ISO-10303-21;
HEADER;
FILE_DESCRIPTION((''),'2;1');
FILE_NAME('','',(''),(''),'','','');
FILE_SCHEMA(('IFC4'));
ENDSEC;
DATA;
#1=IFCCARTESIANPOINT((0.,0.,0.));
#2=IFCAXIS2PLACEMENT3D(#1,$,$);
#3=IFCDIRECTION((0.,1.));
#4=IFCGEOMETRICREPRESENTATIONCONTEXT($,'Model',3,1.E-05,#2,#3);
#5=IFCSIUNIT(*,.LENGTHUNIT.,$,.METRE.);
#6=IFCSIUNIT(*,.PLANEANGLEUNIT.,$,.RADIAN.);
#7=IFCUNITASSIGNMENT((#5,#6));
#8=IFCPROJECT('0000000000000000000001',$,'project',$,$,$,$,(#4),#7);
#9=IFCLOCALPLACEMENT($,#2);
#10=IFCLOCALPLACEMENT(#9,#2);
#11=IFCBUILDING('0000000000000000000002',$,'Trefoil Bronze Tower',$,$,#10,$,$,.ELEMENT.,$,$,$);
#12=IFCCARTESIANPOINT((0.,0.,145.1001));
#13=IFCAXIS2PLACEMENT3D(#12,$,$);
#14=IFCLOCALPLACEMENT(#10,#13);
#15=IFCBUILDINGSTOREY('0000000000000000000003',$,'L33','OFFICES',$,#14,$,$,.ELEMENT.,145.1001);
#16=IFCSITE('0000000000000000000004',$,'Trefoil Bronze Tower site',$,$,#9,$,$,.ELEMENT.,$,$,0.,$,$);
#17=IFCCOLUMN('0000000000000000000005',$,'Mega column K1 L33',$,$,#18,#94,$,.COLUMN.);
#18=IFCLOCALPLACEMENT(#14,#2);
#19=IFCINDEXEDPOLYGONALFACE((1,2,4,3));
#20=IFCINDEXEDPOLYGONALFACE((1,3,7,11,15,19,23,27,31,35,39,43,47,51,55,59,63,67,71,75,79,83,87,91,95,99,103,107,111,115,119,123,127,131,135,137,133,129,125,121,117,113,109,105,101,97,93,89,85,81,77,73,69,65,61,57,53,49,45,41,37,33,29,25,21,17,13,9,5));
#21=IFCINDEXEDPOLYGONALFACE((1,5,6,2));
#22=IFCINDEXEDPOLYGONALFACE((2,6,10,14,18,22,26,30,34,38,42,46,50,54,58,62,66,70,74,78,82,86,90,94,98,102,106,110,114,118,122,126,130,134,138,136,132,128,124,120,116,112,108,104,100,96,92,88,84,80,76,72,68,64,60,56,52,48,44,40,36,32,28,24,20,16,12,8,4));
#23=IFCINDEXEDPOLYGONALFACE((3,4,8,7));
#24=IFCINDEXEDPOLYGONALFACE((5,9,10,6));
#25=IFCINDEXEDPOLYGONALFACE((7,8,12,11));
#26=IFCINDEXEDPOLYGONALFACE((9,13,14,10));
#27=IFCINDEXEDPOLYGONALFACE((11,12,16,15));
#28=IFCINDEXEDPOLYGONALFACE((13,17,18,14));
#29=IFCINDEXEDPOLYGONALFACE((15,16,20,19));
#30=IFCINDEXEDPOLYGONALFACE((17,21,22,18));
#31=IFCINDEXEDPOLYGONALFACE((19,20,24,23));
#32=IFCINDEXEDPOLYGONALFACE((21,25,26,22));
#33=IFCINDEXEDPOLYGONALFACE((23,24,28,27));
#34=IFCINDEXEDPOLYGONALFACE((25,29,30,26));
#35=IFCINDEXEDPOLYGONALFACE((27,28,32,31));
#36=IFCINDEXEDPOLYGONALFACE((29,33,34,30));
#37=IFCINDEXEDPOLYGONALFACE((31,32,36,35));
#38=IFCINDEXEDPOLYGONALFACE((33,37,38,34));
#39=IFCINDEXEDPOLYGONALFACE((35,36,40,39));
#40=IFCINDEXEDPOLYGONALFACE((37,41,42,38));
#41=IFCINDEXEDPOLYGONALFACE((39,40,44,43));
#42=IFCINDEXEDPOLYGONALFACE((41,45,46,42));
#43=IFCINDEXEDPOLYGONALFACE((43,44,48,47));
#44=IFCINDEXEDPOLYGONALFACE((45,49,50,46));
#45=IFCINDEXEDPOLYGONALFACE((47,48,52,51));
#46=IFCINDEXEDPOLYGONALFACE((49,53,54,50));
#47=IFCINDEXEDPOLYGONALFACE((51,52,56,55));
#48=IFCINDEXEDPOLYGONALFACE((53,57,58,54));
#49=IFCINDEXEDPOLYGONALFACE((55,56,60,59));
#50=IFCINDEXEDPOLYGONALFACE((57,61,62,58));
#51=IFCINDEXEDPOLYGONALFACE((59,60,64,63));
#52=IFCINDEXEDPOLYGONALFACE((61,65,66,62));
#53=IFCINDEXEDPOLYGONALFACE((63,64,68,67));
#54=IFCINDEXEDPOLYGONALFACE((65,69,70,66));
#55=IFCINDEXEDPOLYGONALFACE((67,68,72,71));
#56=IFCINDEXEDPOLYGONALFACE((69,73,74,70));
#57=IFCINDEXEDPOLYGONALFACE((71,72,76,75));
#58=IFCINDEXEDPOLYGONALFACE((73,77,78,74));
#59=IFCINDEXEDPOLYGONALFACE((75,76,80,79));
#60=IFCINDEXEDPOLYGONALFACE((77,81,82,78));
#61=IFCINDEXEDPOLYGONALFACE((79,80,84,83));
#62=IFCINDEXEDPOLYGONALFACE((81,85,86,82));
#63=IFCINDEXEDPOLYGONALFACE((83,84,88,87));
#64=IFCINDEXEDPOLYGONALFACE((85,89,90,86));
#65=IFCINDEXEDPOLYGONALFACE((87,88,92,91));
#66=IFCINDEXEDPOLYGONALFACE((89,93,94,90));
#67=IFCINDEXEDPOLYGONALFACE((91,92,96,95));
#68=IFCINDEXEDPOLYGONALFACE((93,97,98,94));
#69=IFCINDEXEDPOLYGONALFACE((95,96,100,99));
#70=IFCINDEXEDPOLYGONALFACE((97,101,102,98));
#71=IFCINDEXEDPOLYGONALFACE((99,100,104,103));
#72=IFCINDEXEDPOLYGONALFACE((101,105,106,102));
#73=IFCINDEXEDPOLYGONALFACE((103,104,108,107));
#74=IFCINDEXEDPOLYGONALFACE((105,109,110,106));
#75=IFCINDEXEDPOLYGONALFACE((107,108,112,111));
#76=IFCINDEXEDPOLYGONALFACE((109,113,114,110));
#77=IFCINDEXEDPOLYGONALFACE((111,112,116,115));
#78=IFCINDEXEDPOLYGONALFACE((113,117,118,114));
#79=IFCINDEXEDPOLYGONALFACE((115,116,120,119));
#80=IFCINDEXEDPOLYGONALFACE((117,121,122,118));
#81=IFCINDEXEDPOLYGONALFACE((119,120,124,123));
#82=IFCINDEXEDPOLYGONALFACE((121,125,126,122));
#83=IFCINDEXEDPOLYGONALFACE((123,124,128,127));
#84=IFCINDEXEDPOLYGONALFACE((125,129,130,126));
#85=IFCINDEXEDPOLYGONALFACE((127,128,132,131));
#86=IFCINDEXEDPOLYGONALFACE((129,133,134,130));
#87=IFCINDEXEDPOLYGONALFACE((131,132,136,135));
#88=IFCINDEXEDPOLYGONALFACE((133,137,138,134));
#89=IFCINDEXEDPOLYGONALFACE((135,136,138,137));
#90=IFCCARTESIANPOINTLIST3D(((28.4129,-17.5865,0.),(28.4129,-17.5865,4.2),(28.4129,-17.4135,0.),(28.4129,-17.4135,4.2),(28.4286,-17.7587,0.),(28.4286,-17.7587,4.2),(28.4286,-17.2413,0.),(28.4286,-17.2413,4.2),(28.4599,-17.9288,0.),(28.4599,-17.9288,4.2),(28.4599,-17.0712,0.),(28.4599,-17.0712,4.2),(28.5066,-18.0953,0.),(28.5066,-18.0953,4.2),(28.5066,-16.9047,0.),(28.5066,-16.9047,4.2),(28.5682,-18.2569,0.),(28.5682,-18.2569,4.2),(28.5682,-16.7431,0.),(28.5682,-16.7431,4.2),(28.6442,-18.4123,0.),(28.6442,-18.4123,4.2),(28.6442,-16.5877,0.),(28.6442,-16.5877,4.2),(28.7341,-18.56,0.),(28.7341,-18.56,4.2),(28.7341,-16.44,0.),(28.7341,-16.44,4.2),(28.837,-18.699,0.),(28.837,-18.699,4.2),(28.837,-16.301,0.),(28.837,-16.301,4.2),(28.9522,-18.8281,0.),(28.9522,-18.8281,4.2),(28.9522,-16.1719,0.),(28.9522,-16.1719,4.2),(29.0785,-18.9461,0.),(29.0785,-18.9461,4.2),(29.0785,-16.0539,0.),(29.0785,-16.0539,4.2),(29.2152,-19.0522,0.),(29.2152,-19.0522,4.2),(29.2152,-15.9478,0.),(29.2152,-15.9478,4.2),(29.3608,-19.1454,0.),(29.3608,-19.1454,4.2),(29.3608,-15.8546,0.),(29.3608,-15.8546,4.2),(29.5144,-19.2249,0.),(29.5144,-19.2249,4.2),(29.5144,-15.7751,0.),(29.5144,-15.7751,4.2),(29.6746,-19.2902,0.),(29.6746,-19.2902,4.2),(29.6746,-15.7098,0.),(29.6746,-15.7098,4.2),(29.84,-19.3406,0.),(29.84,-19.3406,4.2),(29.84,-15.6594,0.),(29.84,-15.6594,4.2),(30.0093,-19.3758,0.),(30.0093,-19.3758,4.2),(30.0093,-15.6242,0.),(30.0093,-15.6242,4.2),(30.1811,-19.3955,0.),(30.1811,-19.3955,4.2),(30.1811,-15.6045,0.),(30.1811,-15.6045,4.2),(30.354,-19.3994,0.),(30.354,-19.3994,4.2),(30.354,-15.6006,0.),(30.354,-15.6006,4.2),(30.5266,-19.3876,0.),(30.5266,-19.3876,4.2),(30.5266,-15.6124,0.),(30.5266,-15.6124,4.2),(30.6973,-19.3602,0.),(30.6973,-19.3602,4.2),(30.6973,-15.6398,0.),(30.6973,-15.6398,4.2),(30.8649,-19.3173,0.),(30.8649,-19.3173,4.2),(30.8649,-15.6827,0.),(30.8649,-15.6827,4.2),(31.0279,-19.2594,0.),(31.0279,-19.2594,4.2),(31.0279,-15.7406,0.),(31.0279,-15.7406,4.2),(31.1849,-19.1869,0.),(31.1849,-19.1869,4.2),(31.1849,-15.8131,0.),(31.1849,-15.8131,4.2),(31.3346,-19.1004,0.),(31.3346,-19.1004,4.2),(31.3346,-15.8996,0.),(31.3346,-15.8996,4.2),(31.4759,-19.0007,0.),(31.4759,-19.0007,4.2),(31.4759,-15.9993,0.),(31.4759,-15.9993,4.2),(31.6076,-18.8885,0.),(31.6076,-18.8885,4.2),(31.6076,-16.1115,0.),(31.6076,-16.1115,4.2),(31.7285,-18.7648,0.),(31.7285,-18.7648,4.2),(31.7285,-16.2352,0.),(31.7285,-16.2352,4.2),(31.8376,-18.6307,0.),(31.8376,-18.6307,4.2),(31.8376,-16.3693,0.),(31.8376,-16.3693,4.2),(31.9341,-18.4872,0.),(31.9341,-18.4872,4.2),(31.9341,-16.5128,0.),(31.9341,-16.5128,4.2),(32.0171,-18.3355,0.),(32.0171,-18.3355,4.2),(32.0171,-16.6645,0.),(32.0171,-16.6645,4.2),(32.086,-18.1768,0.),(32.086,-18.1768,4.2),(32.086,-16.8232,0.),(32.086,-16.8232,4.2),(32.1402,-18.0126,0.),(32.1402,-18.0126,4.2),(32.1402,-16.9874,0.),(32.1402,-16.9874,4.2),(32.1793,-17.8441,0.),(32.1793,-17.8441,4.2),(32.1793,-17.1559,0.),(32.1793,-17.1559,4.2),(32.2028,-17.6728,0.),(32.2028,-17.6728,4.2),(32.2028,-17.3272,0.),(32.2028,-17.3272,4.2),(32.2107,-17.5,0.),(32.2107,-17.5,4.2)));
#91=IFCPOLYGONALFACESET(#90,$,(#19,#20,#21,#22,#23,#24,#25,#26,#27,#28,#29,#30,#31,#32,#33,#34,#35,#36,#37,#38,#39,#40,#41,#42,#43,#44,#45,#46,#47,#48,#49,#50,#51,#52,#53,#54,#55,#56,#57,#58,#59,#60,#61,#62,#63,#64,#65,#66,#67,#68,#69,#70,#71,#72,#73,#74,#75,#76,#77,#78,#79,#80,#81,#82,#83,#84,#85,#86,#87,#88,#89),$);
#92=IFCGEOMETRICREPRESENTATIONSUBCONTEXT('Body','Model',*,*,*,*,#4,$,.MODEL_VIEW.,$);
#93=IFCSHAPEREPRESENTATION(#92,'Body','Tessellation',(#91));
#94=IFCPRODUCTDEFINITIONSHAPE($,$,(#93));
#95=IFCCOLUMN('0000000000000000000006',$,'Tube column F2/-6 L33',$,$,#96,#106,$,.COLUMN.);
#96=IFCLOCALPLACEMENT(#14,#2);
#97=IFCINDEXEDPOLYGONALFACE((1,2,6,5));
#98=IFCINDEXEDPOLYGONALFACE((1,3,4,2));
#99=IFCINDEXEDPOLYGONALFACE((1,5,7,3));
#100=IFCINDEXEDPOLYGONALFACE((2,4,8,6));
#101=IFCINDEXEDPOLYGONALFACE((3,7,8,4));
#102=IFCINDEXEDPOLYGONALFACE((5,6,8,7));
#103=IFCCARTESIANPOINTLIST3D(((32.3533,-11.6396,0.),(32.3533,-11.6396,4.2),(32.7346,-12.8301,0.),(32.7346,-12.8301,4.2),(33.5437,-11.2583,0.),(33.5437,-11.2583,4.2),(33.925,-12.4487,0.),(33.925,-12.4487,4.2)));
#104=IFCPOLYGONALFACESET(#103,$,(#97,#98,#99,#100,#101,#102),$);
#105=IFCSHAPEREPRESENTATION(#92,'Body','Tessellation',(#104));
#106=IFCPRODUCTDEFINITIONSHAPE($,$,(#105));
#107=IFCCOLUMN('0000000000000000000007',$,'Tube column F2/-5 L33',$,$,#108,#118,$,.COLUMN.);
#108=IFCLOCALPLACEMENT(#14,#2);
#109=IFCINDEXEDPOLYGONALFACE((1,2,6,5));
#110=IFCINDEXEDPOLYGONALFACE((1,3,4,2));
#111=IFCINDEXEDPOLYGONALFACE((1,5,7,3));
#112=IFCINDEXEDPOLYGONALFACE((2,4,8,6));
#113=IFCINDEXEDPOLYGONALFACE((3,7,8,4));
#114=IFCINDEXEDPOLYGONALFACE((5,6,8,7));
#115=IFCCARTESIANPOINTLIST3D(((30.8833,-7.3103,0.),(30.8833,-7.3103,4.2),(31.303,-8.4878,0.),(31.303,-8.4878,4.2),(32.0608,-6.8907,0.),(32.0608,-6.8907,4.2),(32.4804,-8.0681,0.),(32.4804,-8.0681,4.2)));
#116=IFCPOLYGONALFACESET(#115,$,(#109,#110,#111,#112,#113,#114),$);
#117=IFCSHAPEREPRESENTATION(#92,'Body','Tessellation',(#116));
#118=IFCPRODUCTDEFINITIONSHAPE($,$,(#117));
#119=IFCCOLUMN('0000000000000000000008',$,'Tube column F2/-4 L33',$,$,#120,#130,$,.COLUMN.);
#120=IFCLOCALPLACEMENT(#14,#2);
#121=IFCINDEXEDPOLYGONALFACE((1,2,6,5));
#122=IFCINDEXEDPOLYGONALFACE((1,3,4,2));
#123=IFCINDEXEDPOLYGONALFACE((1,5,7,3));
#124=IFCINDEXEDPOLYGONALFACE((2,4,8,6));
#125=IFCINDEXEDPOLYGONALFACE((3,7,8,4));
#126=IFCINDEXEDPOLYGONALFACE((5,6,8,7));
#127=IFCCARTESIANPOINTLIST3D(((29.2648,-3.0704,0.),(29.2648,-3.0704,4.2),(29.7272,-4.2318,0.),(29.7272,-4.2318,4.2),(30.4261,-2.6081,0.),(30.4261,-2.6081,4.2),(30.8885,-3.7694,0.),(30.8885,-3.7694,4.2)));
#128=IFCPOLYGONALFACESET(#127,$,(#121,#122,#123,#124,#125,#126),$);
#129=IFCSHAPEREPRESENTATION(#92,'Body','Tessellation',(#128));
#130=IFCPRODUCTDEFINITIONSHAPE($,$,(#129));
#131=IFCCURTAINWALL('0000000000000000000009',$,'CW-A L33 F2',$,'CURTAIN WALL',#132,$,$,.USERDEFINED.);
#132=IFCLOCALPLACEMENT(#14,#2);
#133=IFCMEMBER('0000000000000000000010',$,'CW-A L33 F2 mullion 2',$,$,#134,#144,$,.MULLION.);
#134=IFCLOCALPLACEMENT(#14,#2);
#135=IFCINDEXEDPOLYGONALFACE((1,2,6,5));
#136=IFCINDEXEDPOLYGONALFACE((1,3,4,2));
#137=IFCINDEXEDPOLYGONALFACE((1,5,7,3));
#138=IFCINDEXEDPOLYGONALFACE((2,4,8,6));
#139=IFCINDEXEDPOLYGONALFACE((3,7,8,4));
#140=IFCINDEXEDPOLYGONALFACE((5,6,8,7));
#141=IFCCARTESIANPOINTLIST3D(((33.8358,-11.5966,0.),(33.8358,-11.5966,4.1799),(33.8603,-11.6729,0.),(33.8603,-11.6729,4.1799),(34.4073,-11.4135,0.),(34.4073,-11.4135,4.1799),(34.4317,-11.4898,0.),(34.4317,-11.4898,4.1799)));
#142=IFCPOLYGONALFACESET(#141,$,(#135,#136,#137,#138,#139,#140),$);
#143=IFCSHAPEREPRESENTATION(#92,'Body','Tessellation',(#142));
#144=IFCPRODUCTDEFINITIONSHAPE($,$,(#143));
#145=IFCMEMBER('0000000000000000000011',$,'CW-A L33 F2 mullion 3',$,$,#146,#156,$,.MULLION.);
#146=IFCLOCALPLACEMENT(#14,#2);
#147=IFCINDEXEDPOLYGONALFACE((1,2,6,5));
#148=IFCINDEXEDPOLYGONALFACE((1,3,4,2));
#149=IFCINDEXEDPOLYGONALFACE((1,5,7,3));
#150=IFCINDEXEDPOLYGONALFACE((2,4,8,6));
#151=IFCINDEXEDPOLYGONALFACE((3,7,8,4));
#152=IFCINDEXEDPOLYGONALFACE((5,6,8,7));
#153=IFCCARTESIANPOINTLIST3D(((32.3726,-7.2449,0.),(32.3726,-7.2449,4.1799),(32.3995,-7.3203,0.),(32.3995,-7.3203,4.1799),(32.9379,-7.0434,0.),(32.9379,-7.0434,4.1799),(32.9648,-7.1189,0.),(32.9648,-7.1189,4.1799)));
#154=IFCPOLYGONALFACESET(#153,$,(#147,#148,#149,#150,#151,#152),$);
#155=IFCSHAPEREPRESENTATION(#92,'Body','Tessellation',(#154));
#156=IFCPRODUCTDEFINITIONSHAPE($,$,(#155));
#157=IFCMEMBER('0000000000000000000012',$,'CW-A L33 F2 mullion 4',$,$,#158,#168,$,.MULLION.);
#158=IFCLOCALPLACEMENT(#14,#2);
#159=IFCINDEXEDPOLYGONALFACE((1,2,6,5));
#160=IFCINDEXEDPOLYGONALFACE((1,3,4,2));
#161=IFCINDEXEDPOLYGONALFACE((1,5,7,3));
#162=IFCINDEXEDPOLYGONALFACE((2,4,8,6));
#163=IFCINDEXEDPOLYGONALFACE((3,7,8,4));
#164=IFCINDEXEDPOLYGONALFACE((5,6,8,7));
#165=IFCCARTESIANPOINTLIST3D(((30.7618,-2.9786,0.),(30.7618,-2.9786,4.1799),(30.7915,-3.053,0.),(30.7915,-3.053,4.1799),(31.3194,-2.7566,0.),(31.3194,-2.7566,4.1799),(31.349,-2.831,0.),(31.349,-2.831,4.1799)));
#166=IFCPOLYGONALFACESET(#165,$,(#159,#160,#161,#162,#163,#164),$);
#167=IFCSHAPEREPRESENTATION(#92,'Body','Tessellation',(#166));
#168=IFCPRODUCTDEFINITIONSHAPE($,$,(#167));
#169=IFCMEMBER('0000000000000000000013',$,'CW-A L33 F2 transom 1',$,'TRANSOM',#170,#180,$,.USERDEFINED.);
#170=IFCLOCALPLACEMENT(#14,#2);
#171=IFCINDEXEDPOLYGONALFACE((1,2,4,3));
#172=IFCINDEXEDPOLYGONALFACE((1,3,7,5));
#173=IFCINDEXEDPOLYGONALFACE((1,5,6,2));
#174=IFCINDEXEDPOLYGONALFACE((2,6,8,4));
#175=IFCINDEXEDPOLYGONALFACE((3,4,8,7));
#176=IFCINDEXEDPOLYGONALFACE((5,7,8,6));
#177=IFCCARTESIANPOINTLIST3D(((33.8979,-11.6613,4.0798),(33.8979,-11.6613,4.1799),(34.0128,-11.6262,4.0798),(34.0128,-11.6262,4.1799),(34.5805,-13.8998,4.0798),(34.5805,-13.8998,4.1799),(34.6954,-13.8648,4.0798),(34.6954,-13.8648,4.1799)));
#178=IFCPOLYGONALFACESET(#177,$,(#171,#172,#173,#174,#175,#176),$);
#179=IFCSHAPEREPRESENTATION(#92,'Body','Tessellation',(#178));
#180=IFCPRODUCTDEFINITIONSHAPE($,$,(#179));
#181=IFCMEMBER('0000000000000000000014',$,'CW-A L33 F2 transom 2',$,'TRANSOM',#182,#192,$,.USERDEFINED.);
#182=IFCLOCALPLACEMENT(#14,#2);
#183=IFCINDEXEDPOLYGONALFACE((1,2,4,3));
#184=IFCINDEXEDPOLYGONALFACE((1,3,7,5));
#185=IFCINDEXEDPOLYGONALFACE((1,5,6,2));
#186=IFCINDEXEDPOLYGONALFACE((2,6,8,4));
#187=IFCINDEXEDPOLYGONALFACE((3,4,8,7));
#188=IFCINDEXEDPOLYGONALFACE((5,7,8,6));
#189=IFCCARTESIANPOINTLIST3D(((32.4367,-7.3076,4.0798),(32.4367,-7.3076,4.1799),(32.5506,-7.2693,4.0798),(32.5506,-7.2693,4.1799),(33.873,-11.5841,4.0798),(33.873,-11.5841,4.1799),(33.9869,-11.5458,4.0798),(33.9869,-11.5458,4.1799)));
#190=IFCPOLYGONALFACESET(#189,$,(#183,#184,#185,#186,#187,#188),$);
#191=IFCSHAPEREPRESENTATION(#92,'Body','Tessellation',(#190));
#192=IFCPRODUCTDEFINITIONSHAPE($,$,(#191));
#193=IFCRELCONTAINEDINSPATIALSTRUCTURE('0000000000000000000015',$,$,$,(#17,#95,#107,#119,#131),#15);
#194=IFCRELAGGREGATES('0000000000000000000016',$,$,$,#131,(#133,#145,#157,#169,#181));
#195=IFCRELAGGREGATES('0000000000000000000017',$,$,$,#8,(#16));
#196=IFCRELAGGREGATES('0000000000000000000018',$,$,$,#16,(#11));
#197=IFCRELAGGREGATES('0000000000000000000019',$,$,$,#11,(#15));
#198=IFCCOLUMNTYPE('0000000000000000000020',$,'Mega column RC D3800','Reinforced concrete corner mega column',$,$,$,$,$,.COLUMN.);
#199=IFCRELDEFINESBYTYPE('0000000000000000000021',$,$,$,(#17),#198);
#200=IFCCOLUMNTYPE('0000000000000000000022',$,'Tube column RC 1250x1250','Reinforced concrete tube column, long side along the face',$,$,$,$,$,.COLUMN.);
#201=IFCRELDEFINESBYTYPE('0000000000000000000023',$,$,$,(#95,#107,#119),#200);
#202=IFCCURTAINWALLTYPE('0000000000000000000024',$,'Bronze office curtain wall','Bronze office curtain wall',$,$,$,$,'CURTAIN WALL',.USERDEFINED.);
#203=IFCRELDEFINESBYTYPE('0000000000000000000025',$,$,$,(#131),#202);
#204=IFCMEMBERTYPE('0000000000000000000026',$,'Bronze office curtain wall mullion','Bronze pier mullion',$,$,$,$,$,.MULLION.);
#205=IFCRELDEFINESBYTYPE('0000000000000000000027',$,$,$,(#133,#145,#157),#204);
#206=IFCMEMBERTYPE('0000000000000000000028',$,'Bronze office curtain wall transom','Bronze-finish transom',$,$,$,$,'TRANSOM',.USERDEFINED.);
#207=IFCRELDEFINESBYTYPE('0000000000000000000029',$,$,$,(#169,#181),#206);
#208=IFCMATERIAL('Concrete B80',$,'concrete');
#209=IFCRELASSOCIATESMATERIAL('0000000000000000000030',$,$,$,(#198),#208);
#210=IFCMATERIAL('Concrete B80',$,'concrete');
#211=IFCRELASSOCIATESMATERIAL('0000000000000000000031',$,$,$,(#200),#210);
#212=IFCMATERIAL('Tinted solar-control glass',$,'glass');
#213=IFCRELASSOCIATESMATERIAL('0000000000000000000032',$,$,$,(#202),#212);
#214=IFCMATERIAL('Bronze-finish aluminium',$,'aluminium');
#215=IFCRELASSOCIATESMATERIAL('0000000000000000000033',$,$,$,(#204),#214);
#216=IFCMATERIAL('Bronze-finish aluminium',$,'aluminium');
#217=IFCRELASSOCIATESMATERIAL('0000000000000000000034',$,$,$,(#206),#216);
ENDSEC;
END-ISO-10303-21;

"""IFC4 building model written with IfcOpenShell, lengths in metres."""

from ifc_helpers import new_model, si_unit, direction, frame, origin, origin_2d, place, context, subcontext, project, spatial, rectangle, circle, extrude, material, material_profile, profile_set, type_object, element, aggregate, save


model = new_model("IFC4")

# Units and contexts
model_context = context("Model", 3, precision=1e-05, world=origin(), true_north=direction((0.0, 1.0)))
body_context = subcontext(model_context, "Body", "Model", "MODEL_VIEW")
ifc_project = project(units=[si_unit("LENGTHUNIT", "METRE"), si_unit("PLANEANGLEUNIT", "RADIAN")], contexts=[model_context])

# Site, building, storey
site_placement = place(None, origin())
site = spatial("IfcSite", under=ifc_project, at=site_placement, Name="Trefoil Bronze Tower site", CompositionType="ELEMENT", RefElevation=0.0)
building_placement = place(site_placement, origin())
building = spatial("IfcBuilding", under=site, at=building_placement, Name="Trefoil Bronze Tower", CompositionType="ELEMENT")
storey_placement = place(building_placement, frame((0.0, 0.0, 145.1001)))
storey = spatial("IfcBuildingStorey", under=building, at=storey_placement, Name="L33", Description="OFFICES", CompositionType="ELEMENT", Elevation=145.1001)

# Columns
ifc_material_1 = material(Name="Concrete B80", Category="concrete")
ifc_material_profile_1 = material_profile(ifc_material_1, circle(Radius=1.8999, at=origin_2d()), Name="RC D3800")
ifc_profile_set_1 = profile_set([ifc_material_profile_1], Name="Concrete B80")
column_type_1 = type_object("IfcColumnType", Name="Mega column RC D3800", Description="Reinforced concrete corner mega column", PredefinedType="COLUMN", material=ifc_profile_set_1)
column_placement = place(storey_placement, frame((30.3108, -17.5, 0.0), z_axis=(0.0, 0.0, 1.0), x_axis=(1.0, 0.0, 0.0)))
element("IfcColumn", 1, at=column_placement, inside=storey, type_object=column_type_1, Name="Mega column K1 L33", PredefinedType="COLUMN", context=body_context, shape_type="SweptSolid", body=[
    extrude(circle(Radius=1.8999, at=origin_2d()), origin(), (0.0, 0.0, 1.0), 4.2),
])
ifc_material_2 = material(Name="Concrete B80", Category="concrete")
ifc_material_profile_2 = material_profile(ifc_material_2, rectangle(XDim=1.25, YDim=1.25, at=origin_2d()), Name="RC 1250x1250")
ifc_profile_set_2 = profile_set([ifc_material_profile_2], Name="Concrete B80")
column_type_2 = type_object("IfcColumnType", Name="Tube column RC 1250x1250", Description="Reinforced concrete tube column, long side along the face", PredefinedType="COLUMN", material=ifc_profile_set_2)
for number, where, z_axis, x_axis, name in (
    (2, (33.1392, -12.0442, 0.0), (0.0, 0.0, 1.0), (-0.305066, 0.952331, 0.0), "Tube column F2/-6 L33"),
    (3, (31.6819, -7.6892, 0.0), (0.0, 0.0, 1.0), (-0.335718, 0.941963, 0.0), "Tube column F2/-5 L33"),
    (4, (30.0767, -3.4199, 0.0), (0.0, 0.0, 1.0), (-0.369901, 0.929071, 0.0), "Tube column F2/-4 L33"),
):
    element("IfcColumn", number, at=place(storey_placement, frame(where, z_axis=z_axis, x_axis=x_axis)), inside=storey, type_object=column_type_2, Name=name, PredefinedType="COLUMN", context=body_context, shape_type="SweptSolid", body=[
        extrude(rectangle(XDim=1.25, YDim=1.25, at=origin_2d()), origin(), (0.0, 0.0, 1.0), 4.2),
    ])

# Curtain wall, members
ifc_material_3 = material(Name="Tinted solar-control glass", Category="glass")
curtain_wall_type_1 = type_object("IfcCurtainWallType", Name="Bronze office curtain wall", Description="Bronze office curtain wall", ElementType="CURTAIN WALL", PredefinedType="USERDEFINED", material=ifc_material_3)
curtain_wall_1_placement = place(storey_placement, origin())
curtain_wall_1 = element("IfcCurtainWall", 5, at=curtain_wall_1_placement, inside=storey, type_object=curtain_wall_type_1, Name="CW-A L33 F2", ObjectType="CURTAIN WALL", PredefinedType="USERDEFINED")
ifc_material_4 = material(Name="Bronze-finish aluminium", Category="aluminium")
ifc_material_profile_3 = material_profile(ifc_material_4, rectangle(XDim=0.6001, YDim=0.0801, at=origin_2d()), Name="CW-A mullion")
ifc_profile_set_3 = profile_set([ifc_material_profile_3], Name="Bronze-finish aluminium")
member_type_1 = type_object("IfcMemberType", Name="Bronze office curtain wall mullion", Description="Bronze pier mullion", PredefinedType="MULLION", material=ifc_profile_set_3)
member_1_placement = place(storey_placement, frame((34.1338, -11.5432, 0.0), z_axis=(0.0, 0.0, 1.0), x_axis=(-0.952331, -0.305066, 0.0)))
member_1 = element("IfcMember", 6, at=member_1_placement, type_object=member_type_1, Name="CW-A L33 F2 mullion 2", PredefinedType="MULLION", context=body_context, shape_type="SweptSolid", body=[
    extrude(rectangle(XDim=0.6001, YDim=0.0801, at=origin_2d()), origin(), (0.0, 0.0, 1.0), 4.1799),
])
member_2_placement = place(storey_placement, frame((32.6687, -7.1819, 0.0), z_axis=(0.0, 0.0, 1.0), x_axis=(-0.941963, -0.335718, 0.0)))
member_2 = element("IfcMember", 7, at=member_2_placement, type_object=member_type_1, Name="CW-A L33 F2 mullion 3", PredefinedType="MULLION", context=body_context, shape_type="SweptSolid", body=[
    extrude(rectangle(XDim=0.6001, YDim=0.0801, at=origin_2d()), origin(), (0.0, 0.0, 1.0), 4.1799),
])
member_3_placement = place(storey_placement, frame((31.0554, -2.9048, 0.0), z_axis=(0.0, 0.0, 1.0), x_axis=(-0.929071, -0.369901, 0.0)))
member_3 = element("IfcMember", 8, at=member_3_placement, type_object=member_type_1, Name="CW-A L33 F2 mullion 4", PredefinedType="MULLION", context=body_context, shape_type="SweptSolid", body=[
    extrude(rectangle(XDim=0.6001, YDim=0.0801, at=origin_2d()), origin(), (0.0, 0.0, 1.0), 4.1799),
])
ifc_material_5 = material(Name="Bronze-finish aluminium", Category="aluminium")
ifc_material_profile_4 = material_profile(ifc_material_5, rectangle(XDim=0.1201, YDim=0.1001, at=origin_2d()), Name="CW-A transom")
ifc_profile_set_4 = profile_set([ifc_material_profile_4], Name="Bronze-finish aluminium")
member_type_2 = type_object("IfcMemberType", Name="Bronze office curtain wall transom", Description="Bronze-finish transom", ElementType="TRANSOM", PredefinedType="USERDEFINED", material=ifc_profile_set_4)
member_4_placement = place(storey_placement, frame((34.6379, -13.8823, 4.1299), z_axis=(-0.29168, 0.956516, 0.0), x_axis=(-0.956516, -0.29168, 0.0)))
member_4 = element("IfcMember", 9, at=member_4_placement, type_object=member_type_2, Name="CW-A L33 F2 transom 1", ObjectType="TRANSOM", PredefinedType="USERDEFINED", context=body_context, shape_type="SweptSolid", body=[
    extrude(rectangle(XDim=0.1201, YDim=0.1001, at=origin_2d()), origin(), (0.0, 0.0, 1.0), 2.3403),
])
member_5_placement = place(storey_placement, frame((33.9299, -11.5649, 4.1299), z_axis=(-0.318386, 0.947961, 0.0), x_axis=(-0.947961, -0.318386, 0.0)))
member_5 = element("IfcMember", 10, at=member_5_placement, type_object=member_type_2, Name="CW-A L33 F2 transom 2", ObjectType="TRANSOM", PredefinedType="USERDEFINED", context=body_context, shape_type="SweptSolid", body=[
    extrude(rectangle(XDim=0.1201, YDim=0.1001, at=origin_2d()), origin(), (0.0, 0.0, 1.0), 4.5112),
])

aggregate(curtain_wall_1, [member_1, member_2, member_3, member_4, member_5])

save(model, "model.ifc")
